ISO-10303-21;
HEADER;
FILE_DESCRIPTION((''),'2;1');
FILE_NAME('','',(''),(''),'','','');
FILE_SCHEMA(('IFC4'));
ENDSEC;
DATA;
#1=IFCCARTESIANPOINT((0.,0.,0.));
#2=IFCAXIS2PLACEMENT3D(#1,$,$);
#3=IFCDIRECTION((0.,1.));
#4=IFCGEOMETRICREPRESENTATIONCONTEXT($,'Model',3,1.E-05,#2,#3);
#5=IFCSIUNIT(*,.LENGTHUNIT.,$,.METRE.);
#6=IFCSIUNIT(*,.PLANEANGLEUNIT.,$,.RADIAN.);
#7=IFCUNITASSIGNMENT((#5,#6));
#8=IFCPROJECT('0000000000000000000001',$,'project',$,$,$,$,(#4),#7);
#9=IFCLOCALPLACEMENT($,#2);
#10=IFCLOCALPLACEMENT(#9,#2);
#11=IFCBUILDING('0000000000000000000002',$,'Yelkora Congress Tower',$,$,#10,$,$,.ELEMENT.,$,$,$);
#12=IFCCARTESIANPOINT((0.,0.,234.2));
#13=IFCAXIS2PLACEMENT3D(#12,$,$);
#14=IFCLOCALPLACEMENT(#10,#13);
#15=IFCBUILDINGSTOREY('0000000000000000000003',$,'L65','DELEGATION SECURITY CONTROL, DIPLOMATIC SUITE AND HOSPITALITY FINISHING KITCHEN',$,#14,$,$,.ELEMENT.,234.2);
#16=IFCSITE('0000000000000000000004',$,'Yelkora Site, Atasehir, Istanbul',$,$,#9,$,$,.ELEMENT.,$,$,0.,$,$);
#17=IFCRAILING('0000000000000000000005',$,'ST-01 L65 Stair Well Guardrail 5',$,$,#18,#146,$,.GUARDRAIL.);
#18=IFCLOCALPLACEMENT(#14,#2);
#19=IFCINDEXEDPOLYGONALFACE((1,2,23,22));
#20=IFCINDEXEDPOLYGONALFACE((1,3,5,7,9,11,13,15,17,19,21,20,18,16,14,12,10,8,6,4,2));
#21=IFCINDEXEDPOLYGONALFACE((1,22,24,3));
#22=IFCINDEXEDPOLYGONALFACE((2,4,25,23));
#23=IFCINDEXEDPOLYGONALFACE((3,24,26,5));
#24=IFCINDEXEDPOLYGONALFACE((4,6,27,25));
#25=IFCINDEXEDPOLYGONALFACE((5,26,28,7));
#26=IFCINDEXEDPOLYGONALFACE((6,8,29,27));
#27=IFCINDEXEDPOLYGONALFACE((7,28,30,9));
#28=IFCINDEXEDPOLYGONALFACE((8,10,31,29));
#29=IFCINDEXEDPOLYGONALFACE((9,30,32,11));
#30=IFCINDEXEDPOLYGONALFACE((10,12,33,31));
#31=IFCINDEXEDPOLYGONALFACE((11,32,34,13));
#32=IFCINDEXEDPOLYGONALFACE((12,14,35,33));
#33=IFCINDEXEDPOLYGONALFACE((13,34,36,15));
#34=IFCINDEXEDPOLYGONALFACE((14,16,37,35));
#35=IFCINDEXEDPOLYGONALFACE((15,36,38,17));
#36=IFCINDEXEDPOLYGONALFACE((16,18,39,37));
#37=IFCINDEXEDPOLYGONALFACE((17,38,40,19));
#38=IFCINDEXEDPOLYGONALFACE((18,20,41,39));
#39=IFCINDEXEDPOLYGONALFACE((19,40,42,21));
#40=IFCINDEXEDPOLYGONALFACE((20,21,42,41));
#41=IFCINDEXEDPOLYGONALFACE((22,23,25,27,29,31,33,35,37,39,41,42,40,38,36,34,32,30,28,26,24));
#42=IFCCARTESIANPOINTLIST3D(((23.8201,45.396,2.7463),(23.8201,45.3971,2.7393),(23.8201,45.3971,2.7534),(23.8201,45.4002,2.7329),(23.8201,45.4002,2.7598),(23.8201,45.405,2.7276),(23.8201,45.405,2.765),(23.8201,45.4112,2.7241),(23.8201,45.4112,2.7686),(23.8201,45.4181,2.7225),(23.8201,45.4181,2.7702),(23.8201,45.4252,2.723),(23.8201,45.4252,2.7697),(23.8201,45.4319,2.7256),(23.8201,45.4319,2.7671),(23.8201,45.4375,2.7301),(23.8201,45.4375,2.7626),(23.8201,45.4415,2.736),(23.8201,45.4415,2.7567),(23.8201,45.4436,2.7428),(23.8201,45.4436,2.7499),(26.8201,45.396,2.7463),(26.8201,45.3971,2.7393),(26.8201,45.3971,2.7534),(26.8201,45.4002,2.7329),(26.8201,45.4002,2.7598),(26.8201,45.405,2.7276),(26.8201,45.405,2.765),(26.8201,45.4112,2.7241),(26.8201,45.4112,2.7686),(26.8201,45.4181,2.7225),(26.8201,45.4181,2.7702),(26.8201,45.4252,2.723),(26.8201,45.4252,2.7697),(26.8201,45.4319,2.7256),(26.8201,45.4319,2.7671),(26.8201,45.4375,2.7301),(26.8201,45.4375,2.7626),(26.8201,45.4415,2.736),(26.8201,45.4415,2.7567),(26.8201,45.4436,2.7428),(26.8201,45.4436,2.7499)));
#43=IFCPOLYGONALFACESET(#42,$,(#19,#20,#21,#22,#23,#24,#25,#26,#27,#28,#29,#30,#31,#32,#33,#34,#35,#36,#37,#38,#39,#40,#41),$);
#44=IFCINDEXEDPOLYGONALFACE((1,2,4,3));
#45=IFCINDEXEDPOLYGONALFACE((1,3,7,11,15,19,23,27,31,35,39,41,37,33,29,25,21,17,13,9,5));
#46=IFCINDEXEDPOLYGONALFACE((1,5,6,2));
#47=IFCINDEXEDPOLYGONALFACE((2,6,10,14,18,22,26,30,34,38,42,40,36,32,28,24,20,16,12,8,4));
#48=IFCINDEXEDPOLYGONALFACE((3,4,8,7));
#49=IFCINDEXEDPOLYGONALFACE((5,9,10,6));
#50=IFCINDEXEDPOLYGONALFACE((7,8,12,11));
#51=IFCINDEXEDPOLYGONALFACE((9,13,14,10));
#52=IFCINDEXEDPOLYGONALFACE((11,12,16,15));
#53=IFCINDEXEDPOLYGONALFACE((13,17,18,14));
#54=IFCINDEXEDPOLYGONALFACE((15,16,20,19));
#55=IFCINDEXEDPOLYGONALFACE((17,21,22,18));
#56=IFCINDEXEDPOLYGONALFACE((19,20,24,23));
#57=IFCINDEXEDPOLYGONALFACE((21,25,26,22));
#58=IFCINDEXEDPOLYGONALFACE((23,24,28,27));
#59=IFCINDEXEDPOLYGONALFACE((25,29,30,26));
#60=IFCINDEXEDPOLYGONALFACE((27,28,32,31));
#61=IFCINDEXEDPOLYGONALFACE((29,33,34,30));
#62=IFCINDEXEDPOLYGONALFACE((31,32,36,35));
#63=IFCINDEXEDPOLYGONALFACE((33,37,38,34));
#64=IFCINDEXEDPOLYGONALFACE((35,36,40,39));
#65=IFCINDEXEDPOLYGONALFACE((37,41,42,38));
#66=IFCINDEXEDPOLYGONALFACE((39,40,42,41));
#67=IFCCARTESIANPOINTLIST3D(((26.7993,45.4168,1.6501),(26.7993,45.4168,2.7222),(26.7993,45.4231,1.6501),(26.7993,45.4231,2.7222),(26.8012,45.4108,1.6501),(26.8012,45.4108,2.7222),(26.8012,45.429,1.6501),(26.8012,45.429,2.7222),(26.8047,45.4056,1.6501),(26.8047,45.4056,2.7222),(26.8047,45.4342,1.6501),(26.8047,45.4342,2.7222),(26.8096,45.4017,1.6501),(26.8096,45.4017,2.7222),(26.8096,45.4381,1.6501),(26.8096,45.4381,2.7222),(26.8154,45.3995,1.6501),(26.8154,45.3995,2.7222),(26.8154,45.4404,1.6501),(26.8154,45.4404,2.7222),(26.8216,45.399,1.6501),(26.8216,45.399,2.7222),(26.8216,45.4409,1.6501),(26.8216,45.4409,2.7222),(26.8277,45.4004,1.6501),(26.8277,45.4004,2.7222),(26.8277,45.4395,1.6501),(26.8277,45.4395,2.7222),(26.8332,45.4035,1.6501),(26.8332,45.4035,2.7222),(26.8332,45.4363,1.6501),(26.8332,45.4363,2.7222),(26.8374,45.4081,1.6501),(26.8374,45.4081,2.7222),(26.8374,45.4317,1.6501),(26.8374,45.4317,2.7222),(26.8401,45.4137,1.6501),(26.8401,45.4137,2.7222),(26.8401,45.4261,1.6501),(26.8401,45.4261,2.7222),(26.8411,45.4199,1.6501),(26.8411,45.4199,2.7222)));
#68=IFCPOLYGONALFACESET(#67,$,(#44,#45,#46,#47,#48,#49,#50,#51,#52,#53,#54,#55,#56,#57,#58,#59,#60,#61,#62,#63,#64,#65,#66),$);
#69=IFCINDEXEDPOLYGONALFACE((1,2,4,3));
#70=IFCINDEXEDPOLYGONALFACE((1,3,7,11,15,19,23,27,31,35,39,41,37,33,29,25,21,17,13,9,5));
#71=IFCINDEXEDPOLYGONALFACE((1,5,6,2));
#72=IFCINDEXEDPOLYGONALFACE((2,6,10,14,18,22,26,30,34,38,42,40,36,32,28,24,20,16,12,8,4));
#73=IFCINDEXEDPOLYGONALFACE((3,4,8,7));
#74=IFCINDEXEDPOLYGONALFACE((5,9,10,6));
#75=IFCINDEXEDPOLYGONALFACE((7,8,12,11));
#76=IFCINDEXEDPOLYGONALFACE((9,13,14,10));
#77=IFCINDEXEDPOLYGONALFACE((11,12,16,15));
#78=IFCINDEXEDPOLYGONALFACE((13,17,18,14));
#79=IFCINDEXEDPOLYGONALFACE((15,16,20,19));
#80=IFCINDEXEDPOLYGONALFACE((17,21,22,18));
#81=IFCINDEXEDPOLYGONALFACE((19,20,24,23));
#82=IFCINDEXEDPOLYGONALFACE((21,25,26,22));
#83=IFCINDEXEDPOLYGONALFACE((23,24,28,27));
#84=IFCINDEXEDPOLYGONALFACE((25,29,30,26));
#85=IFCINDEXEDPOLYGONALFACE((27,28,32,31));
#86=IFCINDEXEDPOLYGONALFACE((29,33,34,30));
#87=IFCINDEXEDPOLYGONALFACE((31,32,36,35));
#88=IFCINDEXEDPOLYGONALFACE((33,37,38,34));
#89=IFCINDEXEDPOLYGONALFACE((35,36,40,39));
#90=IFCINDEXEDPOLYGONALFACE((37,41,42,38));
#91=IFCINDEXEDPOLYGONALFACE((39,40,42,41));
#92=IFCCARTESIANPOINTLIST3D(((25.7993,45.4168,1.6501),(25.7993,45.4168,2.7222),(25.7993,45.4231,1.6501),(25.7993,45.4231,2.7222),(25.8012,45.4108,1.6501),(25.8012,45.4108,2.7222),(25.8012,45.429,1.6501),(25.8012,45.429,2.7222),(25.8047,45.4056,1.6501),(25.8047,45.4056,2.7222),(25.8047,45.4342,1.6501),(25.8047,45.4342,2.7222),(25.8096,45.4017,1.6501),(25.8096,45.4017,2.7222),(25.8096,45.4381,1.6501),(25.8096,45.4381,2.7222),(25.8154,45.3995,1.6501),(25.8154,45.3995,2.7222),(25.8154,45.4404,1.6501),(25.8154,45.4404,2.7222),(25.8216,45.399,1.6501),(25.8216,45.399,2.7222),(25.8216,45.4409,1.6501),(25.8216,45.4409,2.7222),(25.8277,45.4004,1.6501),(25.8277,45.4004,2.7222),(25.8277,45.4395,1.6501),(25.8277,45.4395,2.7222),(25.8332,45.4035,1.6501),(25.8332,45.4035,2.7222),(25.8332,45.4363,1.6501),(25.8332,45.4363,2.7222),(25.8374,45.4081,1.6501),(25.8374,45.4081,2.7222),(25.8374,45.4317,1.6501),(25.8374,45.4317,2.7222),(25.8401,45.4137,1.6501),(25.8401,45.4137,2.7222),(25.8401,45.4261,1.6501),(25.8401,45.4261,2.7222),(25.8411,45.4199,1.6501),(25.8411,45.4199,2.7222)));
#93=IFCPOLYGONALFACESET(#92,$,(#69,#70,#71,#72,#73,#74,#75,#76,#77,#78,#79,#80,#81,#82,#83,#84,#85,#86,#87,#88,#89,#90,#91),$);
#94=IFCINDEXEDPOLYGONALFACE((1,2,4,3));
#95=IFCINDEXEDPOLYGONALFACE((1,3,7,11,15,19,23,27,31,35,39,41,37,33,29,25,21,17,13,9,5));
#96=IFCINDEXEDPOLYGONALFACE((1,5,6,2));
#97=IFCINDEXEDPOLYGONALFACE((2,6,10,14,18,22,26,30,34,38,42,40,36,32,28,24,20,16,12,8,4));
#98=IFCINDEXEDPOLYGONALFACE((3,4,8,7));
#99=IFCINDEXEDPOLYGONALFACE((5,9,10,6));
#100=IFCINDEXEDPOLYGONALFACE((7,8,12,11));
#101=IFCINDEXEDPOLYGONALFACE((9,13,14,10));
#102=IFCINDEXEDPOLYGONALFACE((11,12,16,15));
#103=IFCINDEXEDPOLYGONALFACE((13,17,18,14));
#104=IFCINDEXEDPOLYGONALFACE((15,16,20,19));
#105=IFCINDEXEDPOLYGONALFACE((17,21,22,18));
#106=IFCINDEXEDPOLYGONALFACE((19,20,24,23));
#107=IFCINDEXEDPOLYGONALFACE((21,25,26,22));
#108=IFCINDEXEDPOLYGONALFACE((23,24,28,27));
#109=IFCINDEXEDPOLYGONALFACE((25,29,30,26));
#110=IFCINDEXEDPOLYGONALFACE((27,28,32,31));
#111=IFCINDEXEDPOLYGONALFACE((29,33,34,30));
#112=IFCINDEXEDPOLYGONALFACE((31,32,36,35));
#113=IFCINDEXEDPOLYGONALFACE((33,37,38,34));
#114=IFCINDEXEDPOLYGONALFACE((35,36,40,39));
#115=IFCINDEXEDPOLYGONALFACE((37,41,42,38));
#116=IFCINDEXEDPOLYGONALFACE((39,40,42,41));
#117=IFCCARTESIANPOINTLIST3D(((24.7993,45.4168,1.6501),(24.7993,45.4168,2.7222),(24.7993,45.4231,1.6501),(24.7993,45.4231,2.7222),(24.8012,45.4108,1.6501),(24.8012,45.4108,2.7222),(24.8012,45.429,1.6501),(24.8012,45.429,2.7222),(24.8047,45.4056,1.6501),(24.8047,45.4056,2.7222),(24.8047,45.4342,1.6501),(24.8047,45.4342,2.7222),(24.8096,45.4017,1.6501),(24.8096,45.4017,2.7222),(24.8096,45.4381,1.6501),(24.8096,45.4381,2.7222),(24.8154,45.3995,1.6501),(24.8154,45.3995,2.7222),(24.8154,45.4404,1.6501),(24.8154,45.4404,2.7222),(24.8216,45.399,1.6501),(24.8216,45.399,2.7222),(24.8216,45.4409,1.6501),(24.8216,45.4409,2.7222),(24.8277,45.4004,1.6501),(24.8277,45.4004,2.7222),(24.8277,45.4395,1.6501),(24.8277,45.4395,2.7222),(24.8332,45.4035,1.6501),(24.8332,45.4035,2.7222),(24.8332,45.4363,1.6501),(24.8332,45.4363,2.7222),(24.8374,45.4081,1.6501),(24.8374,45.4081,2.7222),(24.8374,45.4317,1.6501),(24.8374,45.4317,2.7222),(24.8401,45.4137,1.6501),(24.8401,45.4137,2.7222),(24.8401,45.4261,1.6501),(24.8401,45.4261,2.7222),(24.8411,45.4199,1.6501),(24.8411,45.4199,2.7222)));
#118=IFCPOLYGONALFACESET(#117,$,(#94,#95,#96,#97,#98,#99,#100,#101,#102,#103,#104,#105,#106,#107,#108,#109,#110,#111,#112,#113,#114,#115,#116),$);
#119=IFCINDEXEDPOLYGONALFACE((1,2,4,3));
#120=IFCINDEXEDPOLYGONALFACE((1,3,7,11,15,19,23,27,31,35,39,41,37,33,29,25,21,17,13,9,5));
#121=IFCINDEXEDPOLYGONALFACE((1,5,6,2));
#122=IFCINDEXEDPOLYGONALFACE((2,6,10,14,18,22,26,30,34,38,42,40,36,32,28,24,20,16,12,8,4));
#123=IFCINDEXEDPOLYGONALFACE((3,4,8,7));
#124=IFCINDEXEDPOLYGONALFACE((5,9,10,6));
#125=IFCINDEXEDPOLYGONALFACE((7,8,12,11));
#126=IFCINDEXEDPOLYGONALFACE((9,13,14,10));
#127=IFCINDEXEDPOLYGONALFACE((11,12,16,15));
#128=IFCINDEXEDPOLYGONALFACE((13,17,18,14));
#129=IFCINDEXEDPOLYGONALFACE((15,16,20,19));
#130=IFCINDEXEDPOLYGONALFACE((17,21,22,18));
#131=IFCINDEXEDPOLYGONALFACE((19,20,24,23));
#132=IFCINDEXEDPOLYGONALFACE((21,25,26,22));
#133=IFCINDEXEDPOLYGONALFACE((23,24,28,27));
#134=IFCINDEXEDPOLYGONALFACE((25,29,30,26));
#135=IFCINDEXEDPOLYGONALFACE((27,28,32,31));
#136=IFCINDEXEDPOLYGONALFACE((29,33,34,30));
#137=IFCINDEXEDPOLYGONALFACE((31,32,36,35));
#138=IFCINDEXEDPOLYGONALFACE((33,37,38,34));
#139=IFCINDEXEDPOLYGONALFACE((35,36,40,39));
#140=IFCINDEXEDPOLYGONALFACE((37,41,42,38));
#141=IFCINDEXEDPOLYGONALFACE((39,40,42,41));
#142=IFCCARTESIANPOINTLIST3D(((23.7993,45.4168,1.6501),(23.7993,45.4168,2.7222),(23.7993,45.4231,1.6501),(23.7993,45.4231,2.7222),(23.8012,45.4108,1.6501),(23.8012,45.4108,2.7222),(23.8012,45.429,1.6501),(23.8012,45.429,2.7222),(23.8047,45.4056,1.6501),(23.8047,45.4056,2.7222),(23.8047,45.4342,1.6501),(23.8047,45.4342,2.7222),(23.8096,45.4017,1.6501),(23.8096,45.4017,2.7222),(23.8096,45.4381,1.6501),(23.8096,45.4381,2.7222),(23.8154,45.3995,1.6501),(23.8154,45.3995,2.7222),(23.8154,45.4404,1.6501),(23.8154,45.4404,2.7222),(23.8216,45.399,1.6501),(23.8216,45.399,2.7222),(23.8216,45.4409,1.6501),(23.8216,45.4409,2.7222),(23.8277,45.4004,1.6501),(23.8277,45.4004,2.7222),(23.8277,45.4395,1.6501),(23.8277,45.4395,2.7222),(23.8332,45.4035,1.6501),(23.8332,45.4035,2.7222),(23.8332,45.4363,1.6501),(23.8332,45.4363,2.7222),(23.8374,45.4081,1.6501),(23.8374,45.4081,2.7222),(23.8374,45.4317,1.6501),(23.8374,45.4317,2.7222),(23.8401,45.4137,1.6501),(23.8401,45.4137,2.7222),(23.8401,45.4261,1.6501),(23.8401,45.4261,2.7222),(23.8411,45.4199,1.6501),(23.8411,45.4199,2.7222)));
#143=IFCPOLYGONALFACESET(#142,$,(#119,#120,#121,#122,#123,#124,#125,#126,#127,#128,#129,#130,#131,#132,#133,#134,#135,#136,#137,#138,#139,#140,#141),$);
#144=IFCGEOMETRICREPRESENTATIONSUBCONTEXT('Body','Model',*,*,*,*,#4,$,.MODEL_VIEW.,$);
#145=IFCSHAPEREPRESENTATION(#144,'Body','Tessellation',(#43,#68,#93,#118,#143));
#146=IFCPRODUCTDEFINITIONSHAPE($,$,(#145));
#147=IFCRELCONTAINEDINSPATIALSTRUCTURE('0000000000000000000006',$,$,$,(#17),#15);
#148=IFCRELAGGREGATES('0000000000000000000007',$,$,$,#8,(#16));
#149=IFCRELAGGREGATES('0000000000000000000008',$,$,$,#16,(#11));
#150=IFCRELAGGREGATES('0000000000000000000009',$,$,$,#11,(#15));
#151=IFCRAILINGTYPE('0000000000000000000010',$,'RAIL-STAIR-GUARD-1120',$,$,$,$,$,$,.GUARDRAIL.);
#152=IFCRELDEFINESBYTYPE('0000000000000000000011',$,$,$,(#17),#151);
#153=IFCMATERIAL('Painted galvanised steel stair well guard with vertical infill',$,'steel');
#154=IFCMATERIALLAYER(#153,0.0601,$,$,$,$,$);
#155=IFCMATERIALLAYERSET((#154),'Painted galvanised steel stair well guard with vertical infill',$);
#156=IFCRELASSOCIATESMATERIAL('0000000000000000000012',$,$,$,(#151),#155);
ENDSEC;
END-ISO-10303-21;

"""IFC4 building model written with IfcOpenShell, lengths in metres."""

from ifc_helpers import new_model, si_unit, direction, frame, origin, origin_2d, place, context, subcontext, project, spatial, circle, extrude, material, layer, layer_set, type_object, element, save


model = new_model("IFC4")

# Units and contexts
model_context = context("Model", 3, precision=1e-05, world=origin(), true_north=direction((0.0, 1.0)))
body_context = subcontext(model_context, "Body", "Model", "MODEL_VIEW")
ifc_project = project(units=[si_unit("LENGTHUNIT", "METRE"), si_unit("PLANEANGLEUNIT", "RADIAN")], contexts=[model_context])

# Site, building, storey
site_placement = place(None, origin())
site = spatial("IfcSite", under=ifc_project, at=site_placement, Name="Yelkora Site, Atasehir, Istanbul", CompositionType="ELEMENT", RefElevation=0.0)
building_placement = place(site_placement, origin())
building = spatial("IfcBuilding", under=site, at=building_placement, Name="Yelkora Congress Tower", CompositionType="ELEMENT")
storey_placement = place(building_placement, frame((0.0, 0.0, 234.2)))
storey = spatial("IfcBuildingStorey", under=building, at=storey_placement, Name="L65", Description="DELEGATION SECURITY CONTROL, DIPLOMATIC SUITE AND HOSPITALITY FINISHING KITCHEN", CompositionType="ELEMENT", Elevation=234.2)

# Railing
ifc_material_1 = material(Name="Painted galvanised steel stair well guard with vertical infill", Category="steel")
ifc_layer_1 = layer(ifc_material_1, 0.0601)
ifc_layer_set_1 = layer_set([ifc_layer_1], Name="Painted galvanised steel stair well guard with vertical infill")
railing_type_1 = type_object("IfcRailingType", Name="RAIL-STAIR-GUARD-1120", PredefinedType="GUARDRAIL", material=ifc_layer_set_1)
railing_1_placement = place(storey_placement, frame((26.8201, 45.4199, 1.6501)))
element("IfcRailing", 1, at=railing_1_placement, inside=storey, type_object=railing_type_1, Name="ST-01 L65 Stair Well Guardrail 5", PredefinedType="GUARDRAIL", context=body_context, shape_type="SweptSolid", body=[
    extrude(circle(Radius=0.0239, at=origin_2d()), frame((0.0, 0.0, 1.0962), z_axis=(-1.0, 0.0, 0.0), x_axis=(0.0, -1.0, 0.0)), (0.0, 0.0, 1.0), 3.0),
    extrude(circle(Radius=0.021, at=origin_2d()), origin(), (0.0, 0.0, 1.0), 1.072),
    extrude(circle(Radius=0.021, at=origin_2d()), frame((-1.0, 0.0, 0.0)), (0.0, 0.0, 1.0), 1.072),
    extrude(circle(Radius=0.021, at=origin_2d()), frame((-2.0, 0.0, 0.0)), (0.0, 0.0, 1.0), 1.072),
    extrude(circle(Radius=0.021, at=origin_2d()), frame((-3.0, 0.0, 0.0)), (0.0, 0.0, 1.0), 1.072),
])

save(model, "model.ifc")
